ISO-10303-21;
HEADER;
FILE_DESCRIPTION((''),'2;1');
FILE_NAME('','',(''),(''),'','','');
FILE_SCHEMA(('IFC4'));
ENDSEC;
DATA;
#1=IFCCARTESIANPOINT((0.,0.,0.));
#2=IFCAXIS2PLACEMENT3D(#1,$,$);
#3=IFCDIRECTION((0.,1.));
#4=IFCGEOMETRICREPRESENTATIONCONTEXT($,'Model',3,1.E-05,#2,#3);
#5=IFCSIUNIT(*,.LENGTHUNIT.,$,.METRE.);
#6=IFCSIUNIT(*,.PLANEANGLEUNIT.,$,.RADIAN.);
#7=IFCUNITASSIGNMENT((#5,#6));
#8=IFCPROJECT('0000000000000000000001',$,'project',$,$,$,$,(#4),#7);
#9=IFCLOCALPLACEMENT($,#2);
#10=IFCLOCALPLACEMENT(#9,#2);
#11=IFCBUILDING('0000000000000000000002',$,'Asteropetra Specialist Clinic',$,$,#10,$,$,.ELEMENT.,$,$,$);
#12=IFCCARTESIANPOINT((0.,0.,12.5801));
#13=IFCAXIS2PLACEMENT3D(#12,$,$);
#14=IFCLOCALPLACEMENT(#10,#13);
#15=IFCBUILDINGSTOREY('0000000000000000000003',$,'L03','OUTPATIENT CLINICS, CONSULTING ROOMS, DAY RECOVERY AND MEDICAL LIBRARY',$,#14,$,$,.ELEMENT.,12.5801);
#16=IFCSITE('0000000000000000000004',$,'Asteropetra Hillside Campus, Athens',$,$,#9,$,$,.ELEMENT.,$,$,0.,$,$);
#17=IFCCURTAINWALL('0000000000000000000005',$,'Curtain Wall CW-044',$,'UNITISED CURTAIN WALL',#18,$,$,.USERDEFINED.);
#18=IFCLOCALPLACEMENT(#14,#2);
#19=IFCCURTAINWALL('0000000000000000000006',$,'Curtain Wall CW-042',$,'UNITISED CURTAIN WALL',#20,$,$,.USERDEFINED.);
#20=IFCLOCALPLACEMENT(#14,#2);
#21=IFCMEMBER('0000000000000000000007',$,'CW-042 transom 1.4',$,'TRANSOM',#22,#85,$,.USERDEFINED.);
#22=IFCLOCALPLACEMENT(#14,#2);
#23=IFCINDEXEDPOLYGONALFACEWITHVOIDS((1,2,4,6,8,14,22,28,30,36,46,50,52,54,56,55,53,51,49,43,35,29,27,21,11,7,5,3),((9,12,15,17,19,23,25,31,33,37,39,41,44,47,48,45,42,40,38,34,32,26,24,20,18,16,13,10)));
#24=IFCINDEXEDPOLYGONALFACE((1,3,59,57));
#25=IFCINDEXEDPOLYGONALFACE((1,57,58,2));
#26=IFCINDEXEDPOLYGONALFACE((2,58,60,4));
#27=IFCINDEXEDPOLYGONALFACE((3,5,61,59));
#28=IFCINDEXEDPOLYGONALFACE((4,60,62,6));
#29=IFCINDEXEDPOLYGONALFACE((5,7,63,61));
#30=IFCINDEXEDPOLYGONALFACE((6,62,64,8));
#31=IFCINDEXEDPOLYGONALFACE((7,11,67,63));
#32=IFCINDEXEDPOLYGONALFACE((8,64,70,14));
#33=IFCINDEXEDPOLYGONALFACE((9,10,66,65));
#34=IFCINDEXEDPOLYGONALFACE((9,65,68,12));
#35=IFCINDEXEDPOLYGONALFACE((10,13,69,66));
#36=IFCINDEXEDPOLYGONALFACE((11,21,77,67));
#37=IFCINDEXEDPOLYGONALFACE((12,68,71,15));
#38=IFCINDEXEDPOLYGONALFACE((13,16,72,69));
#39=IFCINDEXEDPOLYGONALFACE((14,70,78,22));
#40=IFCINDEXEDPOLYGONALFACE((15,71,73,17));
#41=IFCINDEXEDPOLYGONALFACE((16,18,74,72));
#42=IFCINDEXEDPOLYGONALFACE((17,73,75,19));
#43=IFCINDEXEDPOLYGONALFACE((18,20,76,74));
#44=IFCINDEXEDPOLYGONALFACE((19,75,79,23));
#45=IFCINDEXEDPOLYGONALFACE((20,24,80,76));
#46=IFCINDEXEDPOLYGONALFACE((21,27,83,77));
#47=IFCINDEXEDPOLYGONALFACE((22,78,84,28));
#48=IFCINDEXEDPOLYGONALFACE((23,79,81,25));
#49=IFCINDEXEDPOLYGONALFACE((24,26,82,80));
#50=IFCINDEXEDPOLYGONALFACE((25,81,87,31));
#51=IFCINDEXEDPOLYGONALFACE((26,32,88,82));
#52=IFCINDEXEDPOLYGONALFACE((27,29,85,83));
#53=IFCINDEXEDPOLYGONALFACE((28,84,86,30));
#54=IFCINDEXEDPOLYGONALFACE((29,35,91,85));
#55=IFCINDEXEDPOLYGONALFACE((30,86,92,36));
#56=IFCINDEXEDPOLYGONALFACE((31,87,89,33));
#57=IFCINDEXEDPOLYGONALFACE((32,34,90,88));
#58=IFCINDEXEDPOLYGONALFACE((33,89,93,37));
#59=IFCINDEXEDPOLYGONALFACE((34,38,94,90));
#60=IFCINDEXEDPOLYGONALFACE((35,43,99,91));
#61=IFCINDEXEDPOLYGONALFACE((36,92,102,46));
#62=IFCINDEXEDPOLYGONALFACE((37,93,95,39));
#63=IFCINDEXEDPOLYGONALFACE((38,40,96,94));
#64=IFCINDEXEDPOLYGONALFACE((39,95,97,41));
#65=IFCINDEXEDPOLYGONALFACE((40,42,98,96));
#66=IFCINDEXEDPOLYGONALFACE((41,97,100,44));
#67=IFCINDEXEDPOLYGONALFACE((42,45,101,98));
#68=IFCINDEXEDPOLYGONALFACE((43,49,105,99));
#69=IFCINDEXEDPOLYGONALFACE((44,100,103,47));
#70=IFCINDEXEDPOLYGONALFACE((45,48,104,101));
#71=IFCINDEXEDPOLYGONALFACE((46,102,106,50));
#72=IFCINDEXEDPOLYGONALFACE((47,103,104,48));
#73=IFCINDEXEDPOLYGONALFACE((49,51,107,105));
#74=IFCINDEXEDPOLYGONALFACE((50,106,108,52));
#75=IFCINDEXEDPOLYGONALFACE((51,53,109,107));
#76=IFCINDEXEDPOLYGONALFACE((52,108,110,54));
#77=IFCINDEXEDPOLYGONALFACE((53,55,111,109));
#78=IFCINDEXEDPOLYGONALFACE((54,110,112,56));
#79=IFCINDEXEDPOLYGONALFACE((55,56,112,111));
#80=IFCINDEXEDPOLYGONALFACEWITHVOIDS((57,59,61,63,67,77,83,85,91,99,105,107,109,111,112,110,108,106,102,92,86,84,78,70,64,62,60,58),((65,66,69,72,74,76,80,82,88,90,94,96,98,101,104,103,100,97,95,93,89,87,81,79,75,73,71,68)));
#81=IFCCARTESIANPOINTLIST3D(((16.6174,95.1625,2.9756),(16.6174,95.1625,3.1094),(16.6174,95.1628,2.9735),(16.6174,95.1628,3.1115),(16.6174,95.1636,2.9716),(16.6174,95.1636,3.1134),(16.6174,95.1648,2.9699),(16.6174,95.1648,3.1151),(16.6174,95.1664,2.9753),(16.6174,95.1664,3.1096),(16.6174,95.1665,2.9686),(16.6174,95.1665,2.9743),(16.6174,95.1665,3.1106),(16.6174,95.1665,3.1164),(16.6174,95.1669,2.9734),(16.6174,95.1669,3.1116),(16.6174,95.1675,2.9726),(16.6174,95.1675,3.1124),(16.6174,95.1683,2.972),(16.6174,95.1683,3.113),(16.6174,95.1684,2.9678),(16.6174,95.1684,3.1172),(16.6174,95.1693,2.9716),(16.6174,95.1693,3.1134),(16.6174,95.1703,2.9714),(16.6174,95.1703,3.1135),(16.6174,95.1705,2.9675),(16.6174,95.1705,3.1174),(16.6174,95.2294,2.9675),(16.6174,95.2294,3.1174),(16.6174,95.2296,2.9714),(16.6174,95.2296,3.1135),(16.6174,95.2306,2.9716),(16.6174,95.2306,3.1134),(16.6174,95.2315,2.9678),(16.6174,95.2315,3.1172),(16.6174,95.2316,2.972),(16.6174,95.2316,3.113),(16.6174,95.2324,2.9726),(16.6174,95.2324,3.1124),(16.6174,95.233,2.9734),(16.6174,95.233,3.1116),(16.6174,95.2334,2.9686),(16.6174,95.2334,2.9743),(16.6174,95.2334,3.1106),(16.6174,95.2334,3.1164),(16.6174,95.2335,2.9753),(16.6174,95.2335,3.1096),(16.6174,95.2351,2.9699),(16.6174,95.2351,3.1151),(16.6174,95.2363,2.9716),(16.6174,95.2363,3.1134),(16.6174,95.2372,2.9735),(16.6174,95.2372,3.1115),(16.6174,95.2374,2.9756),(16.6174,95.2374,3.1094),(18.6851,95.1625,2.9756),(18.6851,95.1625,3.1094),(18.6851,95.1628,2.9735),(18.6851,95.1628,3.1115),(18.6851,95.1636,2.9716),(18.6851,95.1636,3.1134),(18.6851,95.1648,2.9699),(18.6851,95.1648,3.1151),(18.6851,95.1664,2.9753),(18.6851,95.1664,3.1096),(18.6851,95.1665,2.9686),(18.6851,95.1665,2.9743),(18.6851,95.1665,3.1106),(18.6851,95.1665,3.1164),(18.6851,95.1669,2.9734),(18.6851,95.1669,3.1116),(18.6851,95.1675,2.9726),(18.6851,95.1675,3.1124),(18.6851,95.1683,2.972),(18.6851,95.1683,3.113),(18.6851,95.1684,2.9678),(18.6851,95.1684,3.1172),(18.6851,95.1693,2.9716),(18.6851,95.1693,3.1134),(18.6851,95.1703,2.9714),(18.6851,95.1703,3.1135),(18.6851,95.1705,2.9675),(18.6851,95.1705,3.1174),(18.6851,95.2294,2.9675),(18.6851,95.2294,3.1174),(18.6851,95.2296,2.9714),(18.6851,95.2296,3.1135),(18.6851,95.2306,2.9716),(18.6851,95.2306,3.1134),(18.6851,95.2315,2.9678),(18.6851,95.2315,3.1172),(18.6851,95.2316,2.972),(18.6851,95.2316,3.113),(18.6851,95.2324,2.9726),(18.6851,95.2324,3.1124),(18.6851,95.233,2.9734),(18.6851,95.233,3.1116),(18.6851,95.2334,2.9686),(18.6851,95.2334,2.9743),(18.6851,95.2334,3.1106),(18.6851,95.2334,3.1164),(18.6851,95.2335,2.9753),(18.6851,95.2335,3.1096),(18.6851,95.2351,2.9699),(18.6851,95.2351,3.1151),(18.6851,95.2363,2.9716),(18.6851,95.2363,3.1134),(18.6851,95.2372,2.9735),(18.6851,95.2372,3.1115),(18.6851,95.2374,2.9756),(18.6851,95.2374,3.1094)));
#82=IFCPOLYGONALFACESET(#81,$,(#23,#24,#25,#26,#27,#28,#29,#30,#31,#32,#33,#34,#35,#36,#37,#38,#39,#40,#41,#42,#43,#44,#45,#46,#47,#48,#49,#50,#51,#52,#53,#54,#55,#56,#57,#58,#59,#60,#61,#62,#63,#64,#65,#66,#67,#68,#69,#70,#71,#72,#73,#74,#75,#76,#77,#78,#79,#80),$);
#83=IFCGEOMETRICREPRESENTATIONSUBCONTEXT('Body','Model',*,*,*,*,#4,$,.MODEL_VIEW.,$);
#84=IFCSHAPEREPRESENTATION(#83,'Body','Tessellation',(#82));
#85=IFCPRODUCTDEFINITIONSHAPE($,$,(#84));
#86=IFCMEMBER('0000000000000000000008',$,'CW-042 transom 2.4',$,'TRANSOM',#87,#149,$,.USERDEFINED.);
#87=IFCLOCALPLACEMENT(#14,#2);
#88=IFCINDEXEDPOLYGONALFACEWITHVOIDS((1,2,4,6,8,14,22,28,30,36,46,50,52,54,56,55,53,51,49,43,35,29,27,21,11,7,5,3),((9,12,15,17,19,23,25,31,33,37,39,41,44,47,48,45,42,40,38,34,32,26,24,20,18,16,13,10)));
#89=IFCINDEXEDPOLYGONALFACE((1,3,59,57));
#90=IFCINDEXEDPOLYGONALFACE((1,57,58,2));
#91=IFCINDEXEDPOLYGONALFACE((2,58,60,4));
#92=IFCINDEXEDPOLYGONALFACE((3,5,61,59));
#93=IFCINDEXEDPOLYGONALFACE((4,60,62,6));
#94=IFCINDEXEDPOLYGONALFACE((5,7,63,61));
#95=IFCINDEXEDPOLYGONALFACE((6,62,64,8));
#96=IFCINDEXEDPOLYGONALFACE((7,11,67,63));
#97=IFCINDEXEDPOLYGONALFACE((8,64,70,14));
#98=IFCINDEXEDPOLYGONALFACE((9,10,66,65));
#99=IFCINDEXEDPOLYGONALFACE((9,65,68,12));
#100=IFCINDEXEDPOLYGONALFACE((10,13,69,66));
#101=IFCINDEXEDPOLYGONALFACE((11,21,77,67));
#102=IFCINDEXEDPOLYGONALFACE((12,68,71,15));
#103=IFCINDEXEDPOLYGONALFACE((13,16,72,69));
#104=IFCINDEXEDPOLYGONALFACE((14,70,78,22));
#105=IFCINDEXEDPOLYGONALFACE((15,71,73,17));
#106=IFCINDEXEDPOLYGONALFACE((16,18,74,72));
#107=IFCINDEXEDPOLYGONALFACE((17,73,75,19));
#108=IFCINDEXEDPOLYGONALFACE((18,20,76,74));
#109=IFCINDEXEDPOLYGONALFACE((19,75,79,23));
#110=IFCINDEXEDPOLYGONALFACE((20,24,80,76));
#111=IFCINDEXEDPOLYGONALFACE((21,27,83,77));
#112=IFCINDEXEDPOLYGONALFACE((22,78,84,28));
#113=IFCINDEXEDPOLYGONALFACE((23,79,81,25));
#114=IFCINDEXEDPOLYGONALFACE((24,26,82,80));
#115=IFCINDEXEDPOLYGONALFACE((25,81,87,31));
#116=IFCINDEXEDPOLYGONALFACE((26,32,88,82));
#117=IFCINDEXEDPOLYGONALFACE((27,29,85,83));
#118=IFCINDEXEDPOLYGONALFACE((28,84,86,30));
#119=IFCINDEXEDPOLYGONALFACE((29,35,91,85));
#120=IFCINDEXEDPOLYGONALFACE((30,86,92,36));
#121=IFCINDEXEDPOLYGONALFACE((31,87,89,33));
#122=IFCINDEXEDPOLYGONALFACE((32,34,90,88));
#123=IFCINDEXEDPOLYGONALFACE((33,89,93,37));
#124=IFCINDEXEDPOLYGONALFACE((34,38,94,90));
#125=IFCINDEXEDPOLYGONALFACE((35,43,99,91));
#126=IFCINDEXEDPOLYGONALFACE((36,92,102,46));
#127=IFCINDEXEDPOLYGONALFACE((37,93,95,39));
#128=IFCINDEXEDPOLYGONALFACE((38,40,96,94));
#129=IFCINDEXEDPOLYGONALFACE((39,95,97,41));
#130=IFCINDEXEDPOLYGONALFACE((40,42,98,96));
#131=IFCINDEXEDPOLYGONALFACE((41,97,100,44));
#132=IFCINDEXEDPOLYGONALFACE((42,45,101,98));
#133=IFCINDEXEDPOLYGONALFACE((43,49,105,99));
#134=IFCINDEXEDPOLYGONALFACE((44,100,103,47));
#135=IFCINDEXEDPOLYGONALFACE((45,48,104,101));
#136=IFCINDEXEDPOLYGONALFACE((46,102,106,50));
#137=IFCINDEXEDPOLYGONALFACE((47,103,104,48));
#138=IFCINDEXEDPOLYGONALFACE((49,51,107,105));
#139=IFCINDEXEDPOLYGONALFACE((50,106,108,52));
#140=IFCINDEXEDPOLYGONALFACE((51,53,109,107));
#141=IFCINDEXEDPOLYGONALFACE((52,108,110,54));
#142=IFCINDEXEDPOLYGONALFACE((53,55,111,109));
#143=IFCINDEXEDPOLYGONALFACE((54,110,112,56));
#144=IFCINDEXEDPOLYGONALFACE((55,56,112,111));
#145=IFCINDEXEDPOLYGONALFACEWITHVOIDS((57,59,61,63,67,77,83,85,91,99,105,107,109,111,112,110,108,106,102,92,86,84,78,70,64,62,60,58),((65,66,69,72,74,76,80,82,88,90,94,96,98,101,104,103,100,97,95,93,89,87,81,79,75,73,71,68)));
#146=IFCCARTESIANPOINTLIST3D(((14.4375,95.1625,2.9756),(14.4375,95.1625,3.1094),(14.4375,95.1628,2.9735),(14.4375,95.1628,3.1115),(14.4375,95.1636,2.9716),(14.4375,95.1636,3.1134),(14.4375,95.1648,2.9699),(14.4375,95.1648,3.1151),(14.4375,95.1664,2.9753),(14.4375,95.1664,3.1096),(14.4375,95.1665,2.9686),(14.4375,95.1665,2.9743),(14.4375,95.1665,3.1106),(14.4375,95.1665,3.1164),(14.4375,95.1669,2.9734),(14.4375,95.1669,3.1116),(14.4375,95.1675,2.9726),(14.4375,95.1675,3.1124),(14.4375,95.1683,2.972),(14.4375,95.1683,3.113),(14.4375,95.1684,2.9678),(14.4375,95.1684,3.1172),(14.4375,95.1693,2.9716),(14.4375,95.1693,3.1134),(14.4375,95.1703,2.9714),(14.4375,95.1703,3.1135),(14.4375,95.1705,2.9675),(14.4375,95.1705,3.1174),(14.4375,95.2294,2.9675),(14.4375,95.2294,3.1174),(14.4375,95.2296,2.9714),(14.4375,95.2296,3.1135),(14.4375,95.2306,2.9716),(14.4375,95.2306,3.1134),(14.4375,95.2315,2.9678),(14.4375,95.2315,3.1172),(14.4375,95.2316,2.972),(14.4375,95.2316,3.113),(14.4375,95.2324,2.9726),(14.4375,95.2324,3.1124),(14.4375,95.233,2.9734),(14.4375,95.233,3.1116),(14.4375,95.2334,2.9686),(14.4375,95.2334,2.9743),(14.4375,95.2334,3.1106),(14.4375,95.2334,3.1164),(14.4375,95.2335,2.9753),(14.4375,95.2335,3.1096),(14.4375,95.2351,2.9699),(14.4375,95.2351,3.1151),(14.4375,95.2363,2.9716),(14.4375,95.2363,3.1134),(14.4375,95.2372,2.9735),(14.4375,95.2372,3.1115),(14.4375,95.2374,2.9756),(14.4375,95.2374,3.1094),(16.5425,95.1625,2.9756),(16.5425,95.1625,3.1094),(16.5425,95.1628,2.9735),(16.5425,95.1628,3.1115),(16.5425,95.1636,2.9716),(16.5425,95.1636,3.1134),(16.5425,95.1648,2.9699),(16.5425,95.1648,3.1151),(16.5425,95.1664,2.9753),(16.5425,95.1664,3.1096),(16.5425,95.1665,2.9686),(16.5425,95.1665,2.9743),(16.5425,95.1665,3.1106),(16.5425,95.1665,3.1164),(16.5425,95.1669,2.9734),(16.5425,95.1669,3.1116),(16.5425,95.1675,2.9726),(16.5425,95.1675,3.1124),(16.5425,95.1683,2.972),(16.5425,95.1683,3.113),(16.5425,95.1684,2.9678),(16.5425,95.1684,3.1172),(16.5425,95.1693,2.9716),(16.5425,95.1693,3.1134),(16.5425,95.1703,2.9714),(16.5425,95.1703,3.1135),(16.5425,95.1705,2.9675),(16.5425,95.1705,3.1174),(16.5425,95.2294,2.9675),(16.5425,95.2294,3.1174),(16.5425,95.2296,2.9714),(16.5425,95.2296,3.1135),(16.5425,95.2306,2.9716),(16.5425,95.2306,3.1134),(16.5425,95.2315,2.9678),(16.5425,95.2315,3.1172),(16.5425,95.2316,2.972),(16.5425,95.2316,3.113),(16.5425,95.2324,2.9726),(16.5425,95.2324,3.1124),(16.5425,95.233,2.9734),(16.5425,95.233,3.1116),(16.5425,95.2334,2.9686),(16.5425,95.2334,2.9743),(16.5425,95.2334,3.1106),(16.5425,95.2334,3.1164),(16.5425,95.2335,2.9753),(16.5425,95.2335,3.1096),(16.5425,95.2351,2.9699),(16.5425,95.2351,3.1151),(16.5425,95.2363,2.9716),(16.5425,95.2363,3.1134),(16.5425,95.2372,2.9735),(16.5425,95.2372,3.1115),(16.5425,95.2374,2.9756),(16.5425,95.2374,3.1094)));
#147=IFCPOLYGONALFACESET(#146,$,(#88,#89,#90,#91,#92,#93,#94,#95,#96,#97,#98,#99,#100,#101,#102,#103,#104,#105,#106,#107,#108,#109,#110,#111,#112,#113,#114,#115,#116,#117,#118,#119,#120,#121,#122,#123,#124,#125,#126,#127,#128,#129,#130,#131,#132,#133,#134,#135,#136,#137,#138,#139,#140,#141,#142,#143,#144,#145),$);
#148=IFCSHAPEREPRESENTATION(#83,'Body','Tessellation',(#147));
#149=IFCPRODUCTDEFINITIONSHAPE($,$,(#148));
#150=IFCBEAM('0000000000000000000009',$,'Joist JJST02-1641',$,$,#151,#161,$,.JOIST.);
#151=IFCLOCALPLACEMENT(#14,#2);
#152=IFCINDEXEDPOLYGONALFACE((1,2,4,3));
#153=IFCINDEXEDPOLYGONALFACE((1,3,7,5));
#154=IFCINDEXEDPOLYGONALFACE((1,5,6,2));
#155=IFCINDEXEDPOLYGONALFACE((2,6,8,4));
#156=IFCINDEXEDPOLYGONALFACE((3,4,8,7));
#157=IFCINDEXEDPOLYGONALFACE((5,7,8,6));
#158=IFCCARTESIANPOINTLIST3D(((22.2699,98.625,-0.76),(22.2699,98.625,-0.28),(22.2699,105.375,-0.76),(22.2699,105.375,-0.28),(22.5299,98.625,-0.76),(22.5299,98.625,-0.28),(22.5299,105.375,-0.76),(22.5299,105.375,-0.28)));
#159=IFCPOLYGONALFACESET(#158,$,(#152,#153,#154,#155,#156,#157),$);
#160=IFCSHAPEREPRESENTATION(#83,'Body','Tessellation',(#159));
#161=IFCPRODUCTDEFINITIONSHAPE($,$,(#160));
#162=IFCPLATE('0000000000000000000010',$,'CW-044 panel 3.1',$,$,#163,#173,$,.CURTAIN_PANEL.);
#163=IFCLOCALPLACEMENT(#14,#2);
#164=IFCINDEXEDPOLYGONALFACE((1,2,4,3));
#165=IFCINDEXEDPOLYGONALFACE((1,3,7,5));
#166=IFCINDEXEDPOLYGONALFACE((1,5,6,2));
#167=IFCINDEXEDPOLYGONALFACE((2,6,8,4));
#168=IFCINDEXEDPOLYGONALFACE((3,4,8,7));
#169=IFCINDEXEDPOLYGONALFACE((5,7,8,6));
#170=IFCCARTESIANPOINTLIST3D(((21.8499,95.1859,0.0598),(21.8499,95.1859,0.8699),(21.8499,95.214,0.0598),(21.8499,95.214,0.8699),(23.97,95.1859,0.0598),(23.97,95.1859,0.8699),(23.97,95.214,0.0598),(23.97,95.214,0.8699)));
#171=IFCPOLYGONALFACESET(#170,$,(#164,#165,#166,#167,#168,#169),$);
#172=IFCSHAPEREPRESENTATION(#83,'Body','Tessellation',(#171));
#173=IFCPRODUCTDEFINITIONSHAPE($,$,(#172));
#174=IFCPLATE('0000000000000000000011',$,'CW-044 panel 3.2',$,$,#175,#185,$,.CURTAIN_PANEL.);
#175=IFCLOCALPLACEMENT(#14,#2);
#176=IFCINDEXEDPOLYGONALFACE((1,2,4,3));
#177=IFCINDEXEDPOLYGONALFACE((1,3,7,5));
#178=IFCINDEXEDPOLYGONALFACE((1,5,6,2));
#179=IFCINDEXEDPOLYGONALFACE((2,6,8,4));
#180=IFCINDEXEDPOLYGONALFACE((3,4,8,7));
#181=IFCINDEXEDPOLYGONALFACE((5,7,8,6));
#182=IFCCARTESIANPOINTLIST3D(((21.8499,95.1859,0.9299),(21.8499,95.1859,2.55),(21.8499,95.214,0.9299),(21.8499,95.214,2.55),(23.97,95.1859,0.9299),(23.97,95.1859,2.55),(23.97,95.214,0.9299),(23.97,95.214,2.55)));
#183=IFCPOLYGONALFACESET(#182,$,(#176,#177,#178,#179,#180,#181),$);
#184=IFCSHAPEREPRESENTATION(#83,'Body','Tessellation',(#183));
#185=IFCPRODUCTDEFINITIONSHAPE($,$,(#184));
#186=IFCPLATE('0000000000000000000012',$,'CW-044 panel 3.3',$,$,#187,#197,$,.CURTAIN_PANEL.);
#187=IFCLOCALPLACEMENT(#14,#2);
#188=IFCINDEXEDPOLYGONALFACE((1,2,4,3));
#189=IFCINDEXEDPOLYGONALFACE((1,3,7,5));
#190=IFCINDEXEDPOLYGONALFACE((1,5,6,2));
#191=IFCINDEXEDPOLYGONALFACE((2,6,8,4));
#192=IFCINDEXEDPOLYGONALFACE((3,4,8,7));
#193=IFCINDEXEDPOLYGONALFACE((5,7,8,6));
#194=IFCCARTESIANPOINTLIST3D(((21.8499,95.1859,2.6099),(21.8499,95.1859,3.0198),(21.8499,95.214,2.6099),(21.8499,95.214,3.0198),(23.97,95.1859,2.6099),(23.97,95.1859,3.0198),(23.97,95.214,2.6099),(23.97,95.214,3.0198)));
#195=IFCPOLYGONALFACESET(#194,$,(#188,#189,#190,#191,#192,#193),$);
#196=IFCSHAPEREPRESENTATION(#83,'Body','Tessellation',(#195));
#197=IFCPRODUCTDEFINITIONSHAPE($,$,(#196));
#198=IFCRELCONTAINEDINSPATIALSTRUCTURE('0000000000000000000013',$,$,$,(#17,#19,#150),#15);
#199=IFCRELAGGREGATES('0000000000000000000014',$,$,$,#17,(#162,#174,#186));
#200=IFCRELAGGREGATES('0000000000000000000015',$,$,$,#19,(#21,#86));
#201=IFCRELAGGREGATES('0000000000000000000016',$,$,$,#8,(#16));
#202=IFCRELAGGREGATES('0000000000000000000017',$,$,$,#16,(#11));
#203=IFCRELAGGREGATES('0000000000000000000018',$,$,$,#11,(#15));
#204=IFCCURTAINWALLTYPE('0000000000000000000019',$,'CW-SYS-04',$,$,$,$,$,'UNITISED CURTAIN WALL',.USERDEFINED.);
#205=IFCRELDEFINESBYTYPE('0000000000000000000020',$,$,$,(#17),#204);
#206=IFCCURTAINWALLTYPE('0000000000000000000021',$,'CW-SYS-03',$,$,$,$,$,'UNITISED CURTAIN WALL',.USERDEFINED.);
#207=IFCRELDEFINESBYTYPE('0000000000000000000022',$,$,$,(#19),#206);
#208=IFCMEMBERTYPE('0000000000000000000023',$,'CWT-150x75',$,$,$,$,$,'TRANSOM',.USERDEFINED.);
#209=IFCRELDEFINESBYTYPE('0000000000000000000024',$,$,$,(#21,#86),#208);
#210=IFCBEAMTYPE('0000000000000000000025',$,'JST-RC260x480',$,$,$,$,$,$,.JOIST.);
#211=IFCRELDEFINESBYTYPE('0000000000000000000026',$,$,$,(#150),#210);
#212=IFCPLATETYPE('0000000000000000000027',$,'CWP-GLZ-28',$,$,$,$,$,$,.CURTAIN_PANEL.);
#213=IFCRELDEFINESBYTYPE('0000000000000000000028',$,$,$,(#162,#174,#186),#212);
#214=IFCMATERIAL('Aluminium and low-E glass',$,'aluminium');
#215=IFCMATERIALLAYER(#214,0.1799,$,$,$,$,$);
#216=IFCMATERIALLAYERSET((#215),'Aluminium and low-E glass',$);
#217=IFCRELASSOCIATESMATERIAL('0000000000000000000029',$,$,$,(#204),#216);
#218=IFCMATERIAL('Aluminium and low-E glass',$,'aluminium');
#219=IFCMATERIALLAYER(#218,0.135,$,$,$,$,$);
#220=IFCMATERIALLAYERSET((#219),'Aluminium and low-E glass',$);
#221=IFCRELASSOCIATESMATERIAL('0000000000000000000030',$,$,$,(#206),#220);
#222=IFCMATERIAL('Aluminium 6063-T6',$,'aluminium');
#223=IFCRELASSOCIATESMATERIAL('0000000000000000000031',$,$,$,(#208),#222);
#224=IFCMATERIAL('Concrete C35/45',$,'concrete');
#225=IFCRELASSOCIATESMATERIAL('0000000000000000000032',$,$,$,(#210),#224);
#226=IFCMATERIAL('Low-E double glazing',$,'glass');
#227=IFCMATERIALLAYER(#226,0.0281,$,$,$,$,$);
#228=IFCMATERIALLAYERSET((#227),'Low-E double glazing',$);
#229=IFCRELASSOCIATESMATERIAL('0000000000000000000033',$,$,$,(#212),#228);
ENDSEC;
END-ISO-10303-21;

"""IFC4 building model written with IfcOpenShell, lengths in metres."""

from ifc_helpers import new_model, si_unit, direction, frame, origin, origin_2d, place, context, subcontext, project, spatial, rectangle, hollow_rectangle, extrude, material, layer, layer_set, material_profile, profile_set, type_object, element, aggregate, save


model = new_model("IFC4")

# Units and contexts
model_context = context("Model", 3, precision=1e-05, world=origin(), true_north=direction((0.0, 1.0)))
body_context = subcontext(model_context, "Body", "Model", "MODEL_VIEW")
ifc_project = project(units=[si_unit("LENGTHUNIT", "METRE"), si_unit("PLANEANGLEUNIT", "RADIAN")], contexts=[model_context])

# Site, building, storey
site_placement = place(None, origin())
site = spatial("IfcSite", under=ifc_project, at=site_placement, Name="Asteropetra Hillside Campus, Athens", CompositionType="ELEMENT", RefElevation=0.0)
building_placement = place(site_placement, origin())
building = spatial("IfcBuilding", under=site, at=building_placement, Name="Asteropetra Specialist Clinic", CompositionType="ELEMENT")
storey_placement = place(building_placement, frame((0.0, 0.0, 12.5801)))
storey = spatial("IfcBuildingStorey", under=building, at=storey_placement, Name="L03", Description="OUTPATIENT CLINICS, CONSULTING ROOMS, DAY RECOVERY AND MEDICAL LIBRARY", CompositionType="ELEMENT", Elevation=12.5801)

# Curtain walls
ifc_material_1 = material(Name="Aluminium and low-E glass", Category="aluminium")
ifc_layer_1 = layer(ifc_material_1, 0.1799)
ifc_layer_set_1 = layer_set([ifc_layer_1], Name="Aluminium and low-E glass")
curtain_wall_type_1 = type_object("IfcCurtainWallType", Name="CW-SYS-04", ElementType="UNITISED CURTAIN WALL", PredefinedType="USERDEFINED", material=ifc_layer_set_1)
curtain_wall_1_placement = place(storey_placement, origin())
curtain_wall_1 = element("IfcCurtainWall", 1, at=curtain_wall_1_placement, inside=storey, type_object=curtain_wall_type_1, Name="Curtain Wall CW-044", ObjectType="UNITISED CURTAIN WALL", PredefinedType="USERDEFINED")
ifc_material_2 = material(Name="Aluminium and low-E glass", Category="aluminium")
ifc_layer_2 = layer(ifc_material_2, 0.135)
ifc_layer_set_2 = layer_set([ifc_layer_2], Name="Aluminium and low-E glass")
curtain_wall_type_2 = type_object("IfcCurtainWallType", Name="CW-SYS-03", ElementType="UNITISED CURTAIN WALL", PredefinedType="USERDEFINED", material=ifc_layer_set_2)
curtain_wall_2_placement = place(storey_placement, origin())
curtain_wall_2 = element("IfcCurtainWall", 2, at=curtain_wall_2_placement, inside=storey, type_object=curtain_wall_type_2, Name="Curtain Wall CW-042", ObjectType="UNITISED CURTAIN WALL", PredefinedType="USERDEFINED")

# Members
ifc_material_3 = material(Name="Aluminium 6063-T6", Category="aluminium")
ifc_material_profile_1 = material_profile(ifc_material_3, hollow_rectangle(XDim=0.075, YDim=0.1499, WallThickness=0.0039, InnerFilletRadius=0.0039, OuterFilletRadius=0.0081, at=origin_2d()), Name="TRN 150x75x4.0")
ifc_profile_set_1 = profile_set([ifc_material_profile_1], Name="Aluminium 6063-T6")
member_type_1 = type_object("IfcMemberType", Name="CWT-150x75", ElementType="TRANSOM", PredefinedType="USERDEFINED", material=ifc_profile_set_1)
member_1_placement = place(storey_placement, frame((18.6851, 95.2, 3.0425), z_axis=(-1.0, 0.0, 0.0), x_axis=(0.0, -1.0, 0.0)))
member_1 = element("IfcMember", 3, at=member_1_placement, type_object=member_type_1, Name="CW-042 transom 1.4", ObjectType="TRANSOM", PredefinedType="USERDEFINED", context=body_context, shape_type="SweptSolid", body=[
    extrude(hollow_rectangle(XDim=0.075, YDim=0.1499, WallThickness=0.0039, InnerFilletRadius=0.0039, OuterFilletRadius=0.0081, at=origin_2d()), origin(), (0.0, 0.0, 1.0), 2.0676),
])
member_2_placement = place(storey_placement, frame((16.5425, 95.2, 3.0425), z_axis=(-1.0, 0.0, 0.0), x_axis=(0.0, -1.0, 0.0)))
member_2 = element("IfcMember", 4, at=member_2_placement, type_object=member_type_1, Name="CW-042 transom 2.4", ObjectType="TRANSOM", PredefinedType="USERDEFINED", context=body_context, shape_type="SweptSolid", body=[
    extrude(hollow_rectangle(XDim=0.075, YDim=0.1499, WallThickness=0.0039, InnerFilletRadius=0.0039, OuterFilletRadius=0.0081, at=origin_2d()), origin(), (0.0, 0.0, 1.0), 2.105),
])

# Beam
ifc_material_4 = material(Name="Concrete C35/45", Category="concrete")
ifc_material_profile_2 = material_profile(ifc_material_4, rectangle(XDim=0.26, YDim=0.48, at=origin_2d()), Name="RCJ 260x480")
ifc_profile_set_2 = profile_set([ifc_material_profile_2], Name="Concrete C35/45")
beam_type_1 = type_object("IfcBeamType", Name="JST-RC260x480", PredefinedType="JOIST", material=ifc_profile_set_2)
beam_1_placement = place(storey_placement, frame((22.3999, 98.625, -0.52), z_axis=(0.0, 1.0, 0.0), x_axis=(-1.0, 0.0, 0.0)))
element("IfcBeam", 5, at=beam_1_placement, inside=storey, type_object=beam_type_1, Name="Joist JJST02-1641", PredefinedType="JOIST", context=body_context, shape_type="SweptSolid", body=[
    extrude(rectangle(XDim=0.26, YDim=0.48, at=origin_2d()), origin(), (0.0, 0.0, 1.0), 6.75),
])

# Plates
ifc_material_5 = material(Name="Low-E double glazing", Category="glass")
ifc_layer_3 = layer(ifc_material_5, 0.0281)
ifc_layer_set_3 = layer_set([ifc_layer_3], Name="Low-E double glazing")
plate_type_1 = type_object("IfcPlateType", Name="CWP-GLZ-28", PredefinedType="CURTAIN_PANEL", material=ifc_layer_set_3)
plate_1_placement = place(storey_placement, frame((22.9099, 95.2, 0.0598), z_axis=(0.0, 0.0, 1.0), x_axis=(-1.0, 0.0, 0.0)))
plate_1 = element("IfcPlate", 6, at=plate_1_placement, type_object=plate_type_1, Name="CW-044 panel 3.1", PredefinedType="CURTAIN_PANEL", context=body_context, shape_type="SweptSolid", body=[
    extrude(rectangle(XDim=2.1201, YDim=0.0281, at=origin_2d()), origin(), (0.0, 0.0, 1.0), 0.8101),
])
plate_2_placement = place(storey_placement, frame((22.9099, 95.2, 0.9299), z_axis=(0.0, 0.0, 1.0), x_axis=(-1.0, 0.0, 0.0)))
plate_2 = element("IfcPlate", 7, at=plate_2_placement, type_object=plate_type_1, Name="CW-044 panel 3.2", PredefinedType="CURTAIN_PANEL", context=body_context, shape_type="SweptSolid", body=[
    extrude(rectangle(XDim=2.1201, YDim=0.0281, at=origin_2d()), origin(), (0.0, 0.0, 1.0), 1.6201),
])
plate_3_placement = place(storey_placement, frame((22.9099, 95.2, 2.6099), z_axis=(0.0, 0.0, 1.0), x_axis=(-1.0, 0.0, 0.0)))
plate_3 = element("IfcPlate", 8, at=plate_3_placement, type_object=plate_type_1, Name="CW-044 panel 3.3", PredefinedType="CURTAIN_PANEL", context=body_context, shape_type="SweptSolid", body=[
    extrude(rectangle(XDim=2.1201, YDim=0.0281, at=origin_2d()), origin(), (0.0, 0.0, 1.0), 0.4099),
])
aggregate(curtain_wall_1, [plate_1, plate_2, plate_3])
aggregate(curtain_wall_2, [member_1, member_2])

save(model, "model.ifc")
